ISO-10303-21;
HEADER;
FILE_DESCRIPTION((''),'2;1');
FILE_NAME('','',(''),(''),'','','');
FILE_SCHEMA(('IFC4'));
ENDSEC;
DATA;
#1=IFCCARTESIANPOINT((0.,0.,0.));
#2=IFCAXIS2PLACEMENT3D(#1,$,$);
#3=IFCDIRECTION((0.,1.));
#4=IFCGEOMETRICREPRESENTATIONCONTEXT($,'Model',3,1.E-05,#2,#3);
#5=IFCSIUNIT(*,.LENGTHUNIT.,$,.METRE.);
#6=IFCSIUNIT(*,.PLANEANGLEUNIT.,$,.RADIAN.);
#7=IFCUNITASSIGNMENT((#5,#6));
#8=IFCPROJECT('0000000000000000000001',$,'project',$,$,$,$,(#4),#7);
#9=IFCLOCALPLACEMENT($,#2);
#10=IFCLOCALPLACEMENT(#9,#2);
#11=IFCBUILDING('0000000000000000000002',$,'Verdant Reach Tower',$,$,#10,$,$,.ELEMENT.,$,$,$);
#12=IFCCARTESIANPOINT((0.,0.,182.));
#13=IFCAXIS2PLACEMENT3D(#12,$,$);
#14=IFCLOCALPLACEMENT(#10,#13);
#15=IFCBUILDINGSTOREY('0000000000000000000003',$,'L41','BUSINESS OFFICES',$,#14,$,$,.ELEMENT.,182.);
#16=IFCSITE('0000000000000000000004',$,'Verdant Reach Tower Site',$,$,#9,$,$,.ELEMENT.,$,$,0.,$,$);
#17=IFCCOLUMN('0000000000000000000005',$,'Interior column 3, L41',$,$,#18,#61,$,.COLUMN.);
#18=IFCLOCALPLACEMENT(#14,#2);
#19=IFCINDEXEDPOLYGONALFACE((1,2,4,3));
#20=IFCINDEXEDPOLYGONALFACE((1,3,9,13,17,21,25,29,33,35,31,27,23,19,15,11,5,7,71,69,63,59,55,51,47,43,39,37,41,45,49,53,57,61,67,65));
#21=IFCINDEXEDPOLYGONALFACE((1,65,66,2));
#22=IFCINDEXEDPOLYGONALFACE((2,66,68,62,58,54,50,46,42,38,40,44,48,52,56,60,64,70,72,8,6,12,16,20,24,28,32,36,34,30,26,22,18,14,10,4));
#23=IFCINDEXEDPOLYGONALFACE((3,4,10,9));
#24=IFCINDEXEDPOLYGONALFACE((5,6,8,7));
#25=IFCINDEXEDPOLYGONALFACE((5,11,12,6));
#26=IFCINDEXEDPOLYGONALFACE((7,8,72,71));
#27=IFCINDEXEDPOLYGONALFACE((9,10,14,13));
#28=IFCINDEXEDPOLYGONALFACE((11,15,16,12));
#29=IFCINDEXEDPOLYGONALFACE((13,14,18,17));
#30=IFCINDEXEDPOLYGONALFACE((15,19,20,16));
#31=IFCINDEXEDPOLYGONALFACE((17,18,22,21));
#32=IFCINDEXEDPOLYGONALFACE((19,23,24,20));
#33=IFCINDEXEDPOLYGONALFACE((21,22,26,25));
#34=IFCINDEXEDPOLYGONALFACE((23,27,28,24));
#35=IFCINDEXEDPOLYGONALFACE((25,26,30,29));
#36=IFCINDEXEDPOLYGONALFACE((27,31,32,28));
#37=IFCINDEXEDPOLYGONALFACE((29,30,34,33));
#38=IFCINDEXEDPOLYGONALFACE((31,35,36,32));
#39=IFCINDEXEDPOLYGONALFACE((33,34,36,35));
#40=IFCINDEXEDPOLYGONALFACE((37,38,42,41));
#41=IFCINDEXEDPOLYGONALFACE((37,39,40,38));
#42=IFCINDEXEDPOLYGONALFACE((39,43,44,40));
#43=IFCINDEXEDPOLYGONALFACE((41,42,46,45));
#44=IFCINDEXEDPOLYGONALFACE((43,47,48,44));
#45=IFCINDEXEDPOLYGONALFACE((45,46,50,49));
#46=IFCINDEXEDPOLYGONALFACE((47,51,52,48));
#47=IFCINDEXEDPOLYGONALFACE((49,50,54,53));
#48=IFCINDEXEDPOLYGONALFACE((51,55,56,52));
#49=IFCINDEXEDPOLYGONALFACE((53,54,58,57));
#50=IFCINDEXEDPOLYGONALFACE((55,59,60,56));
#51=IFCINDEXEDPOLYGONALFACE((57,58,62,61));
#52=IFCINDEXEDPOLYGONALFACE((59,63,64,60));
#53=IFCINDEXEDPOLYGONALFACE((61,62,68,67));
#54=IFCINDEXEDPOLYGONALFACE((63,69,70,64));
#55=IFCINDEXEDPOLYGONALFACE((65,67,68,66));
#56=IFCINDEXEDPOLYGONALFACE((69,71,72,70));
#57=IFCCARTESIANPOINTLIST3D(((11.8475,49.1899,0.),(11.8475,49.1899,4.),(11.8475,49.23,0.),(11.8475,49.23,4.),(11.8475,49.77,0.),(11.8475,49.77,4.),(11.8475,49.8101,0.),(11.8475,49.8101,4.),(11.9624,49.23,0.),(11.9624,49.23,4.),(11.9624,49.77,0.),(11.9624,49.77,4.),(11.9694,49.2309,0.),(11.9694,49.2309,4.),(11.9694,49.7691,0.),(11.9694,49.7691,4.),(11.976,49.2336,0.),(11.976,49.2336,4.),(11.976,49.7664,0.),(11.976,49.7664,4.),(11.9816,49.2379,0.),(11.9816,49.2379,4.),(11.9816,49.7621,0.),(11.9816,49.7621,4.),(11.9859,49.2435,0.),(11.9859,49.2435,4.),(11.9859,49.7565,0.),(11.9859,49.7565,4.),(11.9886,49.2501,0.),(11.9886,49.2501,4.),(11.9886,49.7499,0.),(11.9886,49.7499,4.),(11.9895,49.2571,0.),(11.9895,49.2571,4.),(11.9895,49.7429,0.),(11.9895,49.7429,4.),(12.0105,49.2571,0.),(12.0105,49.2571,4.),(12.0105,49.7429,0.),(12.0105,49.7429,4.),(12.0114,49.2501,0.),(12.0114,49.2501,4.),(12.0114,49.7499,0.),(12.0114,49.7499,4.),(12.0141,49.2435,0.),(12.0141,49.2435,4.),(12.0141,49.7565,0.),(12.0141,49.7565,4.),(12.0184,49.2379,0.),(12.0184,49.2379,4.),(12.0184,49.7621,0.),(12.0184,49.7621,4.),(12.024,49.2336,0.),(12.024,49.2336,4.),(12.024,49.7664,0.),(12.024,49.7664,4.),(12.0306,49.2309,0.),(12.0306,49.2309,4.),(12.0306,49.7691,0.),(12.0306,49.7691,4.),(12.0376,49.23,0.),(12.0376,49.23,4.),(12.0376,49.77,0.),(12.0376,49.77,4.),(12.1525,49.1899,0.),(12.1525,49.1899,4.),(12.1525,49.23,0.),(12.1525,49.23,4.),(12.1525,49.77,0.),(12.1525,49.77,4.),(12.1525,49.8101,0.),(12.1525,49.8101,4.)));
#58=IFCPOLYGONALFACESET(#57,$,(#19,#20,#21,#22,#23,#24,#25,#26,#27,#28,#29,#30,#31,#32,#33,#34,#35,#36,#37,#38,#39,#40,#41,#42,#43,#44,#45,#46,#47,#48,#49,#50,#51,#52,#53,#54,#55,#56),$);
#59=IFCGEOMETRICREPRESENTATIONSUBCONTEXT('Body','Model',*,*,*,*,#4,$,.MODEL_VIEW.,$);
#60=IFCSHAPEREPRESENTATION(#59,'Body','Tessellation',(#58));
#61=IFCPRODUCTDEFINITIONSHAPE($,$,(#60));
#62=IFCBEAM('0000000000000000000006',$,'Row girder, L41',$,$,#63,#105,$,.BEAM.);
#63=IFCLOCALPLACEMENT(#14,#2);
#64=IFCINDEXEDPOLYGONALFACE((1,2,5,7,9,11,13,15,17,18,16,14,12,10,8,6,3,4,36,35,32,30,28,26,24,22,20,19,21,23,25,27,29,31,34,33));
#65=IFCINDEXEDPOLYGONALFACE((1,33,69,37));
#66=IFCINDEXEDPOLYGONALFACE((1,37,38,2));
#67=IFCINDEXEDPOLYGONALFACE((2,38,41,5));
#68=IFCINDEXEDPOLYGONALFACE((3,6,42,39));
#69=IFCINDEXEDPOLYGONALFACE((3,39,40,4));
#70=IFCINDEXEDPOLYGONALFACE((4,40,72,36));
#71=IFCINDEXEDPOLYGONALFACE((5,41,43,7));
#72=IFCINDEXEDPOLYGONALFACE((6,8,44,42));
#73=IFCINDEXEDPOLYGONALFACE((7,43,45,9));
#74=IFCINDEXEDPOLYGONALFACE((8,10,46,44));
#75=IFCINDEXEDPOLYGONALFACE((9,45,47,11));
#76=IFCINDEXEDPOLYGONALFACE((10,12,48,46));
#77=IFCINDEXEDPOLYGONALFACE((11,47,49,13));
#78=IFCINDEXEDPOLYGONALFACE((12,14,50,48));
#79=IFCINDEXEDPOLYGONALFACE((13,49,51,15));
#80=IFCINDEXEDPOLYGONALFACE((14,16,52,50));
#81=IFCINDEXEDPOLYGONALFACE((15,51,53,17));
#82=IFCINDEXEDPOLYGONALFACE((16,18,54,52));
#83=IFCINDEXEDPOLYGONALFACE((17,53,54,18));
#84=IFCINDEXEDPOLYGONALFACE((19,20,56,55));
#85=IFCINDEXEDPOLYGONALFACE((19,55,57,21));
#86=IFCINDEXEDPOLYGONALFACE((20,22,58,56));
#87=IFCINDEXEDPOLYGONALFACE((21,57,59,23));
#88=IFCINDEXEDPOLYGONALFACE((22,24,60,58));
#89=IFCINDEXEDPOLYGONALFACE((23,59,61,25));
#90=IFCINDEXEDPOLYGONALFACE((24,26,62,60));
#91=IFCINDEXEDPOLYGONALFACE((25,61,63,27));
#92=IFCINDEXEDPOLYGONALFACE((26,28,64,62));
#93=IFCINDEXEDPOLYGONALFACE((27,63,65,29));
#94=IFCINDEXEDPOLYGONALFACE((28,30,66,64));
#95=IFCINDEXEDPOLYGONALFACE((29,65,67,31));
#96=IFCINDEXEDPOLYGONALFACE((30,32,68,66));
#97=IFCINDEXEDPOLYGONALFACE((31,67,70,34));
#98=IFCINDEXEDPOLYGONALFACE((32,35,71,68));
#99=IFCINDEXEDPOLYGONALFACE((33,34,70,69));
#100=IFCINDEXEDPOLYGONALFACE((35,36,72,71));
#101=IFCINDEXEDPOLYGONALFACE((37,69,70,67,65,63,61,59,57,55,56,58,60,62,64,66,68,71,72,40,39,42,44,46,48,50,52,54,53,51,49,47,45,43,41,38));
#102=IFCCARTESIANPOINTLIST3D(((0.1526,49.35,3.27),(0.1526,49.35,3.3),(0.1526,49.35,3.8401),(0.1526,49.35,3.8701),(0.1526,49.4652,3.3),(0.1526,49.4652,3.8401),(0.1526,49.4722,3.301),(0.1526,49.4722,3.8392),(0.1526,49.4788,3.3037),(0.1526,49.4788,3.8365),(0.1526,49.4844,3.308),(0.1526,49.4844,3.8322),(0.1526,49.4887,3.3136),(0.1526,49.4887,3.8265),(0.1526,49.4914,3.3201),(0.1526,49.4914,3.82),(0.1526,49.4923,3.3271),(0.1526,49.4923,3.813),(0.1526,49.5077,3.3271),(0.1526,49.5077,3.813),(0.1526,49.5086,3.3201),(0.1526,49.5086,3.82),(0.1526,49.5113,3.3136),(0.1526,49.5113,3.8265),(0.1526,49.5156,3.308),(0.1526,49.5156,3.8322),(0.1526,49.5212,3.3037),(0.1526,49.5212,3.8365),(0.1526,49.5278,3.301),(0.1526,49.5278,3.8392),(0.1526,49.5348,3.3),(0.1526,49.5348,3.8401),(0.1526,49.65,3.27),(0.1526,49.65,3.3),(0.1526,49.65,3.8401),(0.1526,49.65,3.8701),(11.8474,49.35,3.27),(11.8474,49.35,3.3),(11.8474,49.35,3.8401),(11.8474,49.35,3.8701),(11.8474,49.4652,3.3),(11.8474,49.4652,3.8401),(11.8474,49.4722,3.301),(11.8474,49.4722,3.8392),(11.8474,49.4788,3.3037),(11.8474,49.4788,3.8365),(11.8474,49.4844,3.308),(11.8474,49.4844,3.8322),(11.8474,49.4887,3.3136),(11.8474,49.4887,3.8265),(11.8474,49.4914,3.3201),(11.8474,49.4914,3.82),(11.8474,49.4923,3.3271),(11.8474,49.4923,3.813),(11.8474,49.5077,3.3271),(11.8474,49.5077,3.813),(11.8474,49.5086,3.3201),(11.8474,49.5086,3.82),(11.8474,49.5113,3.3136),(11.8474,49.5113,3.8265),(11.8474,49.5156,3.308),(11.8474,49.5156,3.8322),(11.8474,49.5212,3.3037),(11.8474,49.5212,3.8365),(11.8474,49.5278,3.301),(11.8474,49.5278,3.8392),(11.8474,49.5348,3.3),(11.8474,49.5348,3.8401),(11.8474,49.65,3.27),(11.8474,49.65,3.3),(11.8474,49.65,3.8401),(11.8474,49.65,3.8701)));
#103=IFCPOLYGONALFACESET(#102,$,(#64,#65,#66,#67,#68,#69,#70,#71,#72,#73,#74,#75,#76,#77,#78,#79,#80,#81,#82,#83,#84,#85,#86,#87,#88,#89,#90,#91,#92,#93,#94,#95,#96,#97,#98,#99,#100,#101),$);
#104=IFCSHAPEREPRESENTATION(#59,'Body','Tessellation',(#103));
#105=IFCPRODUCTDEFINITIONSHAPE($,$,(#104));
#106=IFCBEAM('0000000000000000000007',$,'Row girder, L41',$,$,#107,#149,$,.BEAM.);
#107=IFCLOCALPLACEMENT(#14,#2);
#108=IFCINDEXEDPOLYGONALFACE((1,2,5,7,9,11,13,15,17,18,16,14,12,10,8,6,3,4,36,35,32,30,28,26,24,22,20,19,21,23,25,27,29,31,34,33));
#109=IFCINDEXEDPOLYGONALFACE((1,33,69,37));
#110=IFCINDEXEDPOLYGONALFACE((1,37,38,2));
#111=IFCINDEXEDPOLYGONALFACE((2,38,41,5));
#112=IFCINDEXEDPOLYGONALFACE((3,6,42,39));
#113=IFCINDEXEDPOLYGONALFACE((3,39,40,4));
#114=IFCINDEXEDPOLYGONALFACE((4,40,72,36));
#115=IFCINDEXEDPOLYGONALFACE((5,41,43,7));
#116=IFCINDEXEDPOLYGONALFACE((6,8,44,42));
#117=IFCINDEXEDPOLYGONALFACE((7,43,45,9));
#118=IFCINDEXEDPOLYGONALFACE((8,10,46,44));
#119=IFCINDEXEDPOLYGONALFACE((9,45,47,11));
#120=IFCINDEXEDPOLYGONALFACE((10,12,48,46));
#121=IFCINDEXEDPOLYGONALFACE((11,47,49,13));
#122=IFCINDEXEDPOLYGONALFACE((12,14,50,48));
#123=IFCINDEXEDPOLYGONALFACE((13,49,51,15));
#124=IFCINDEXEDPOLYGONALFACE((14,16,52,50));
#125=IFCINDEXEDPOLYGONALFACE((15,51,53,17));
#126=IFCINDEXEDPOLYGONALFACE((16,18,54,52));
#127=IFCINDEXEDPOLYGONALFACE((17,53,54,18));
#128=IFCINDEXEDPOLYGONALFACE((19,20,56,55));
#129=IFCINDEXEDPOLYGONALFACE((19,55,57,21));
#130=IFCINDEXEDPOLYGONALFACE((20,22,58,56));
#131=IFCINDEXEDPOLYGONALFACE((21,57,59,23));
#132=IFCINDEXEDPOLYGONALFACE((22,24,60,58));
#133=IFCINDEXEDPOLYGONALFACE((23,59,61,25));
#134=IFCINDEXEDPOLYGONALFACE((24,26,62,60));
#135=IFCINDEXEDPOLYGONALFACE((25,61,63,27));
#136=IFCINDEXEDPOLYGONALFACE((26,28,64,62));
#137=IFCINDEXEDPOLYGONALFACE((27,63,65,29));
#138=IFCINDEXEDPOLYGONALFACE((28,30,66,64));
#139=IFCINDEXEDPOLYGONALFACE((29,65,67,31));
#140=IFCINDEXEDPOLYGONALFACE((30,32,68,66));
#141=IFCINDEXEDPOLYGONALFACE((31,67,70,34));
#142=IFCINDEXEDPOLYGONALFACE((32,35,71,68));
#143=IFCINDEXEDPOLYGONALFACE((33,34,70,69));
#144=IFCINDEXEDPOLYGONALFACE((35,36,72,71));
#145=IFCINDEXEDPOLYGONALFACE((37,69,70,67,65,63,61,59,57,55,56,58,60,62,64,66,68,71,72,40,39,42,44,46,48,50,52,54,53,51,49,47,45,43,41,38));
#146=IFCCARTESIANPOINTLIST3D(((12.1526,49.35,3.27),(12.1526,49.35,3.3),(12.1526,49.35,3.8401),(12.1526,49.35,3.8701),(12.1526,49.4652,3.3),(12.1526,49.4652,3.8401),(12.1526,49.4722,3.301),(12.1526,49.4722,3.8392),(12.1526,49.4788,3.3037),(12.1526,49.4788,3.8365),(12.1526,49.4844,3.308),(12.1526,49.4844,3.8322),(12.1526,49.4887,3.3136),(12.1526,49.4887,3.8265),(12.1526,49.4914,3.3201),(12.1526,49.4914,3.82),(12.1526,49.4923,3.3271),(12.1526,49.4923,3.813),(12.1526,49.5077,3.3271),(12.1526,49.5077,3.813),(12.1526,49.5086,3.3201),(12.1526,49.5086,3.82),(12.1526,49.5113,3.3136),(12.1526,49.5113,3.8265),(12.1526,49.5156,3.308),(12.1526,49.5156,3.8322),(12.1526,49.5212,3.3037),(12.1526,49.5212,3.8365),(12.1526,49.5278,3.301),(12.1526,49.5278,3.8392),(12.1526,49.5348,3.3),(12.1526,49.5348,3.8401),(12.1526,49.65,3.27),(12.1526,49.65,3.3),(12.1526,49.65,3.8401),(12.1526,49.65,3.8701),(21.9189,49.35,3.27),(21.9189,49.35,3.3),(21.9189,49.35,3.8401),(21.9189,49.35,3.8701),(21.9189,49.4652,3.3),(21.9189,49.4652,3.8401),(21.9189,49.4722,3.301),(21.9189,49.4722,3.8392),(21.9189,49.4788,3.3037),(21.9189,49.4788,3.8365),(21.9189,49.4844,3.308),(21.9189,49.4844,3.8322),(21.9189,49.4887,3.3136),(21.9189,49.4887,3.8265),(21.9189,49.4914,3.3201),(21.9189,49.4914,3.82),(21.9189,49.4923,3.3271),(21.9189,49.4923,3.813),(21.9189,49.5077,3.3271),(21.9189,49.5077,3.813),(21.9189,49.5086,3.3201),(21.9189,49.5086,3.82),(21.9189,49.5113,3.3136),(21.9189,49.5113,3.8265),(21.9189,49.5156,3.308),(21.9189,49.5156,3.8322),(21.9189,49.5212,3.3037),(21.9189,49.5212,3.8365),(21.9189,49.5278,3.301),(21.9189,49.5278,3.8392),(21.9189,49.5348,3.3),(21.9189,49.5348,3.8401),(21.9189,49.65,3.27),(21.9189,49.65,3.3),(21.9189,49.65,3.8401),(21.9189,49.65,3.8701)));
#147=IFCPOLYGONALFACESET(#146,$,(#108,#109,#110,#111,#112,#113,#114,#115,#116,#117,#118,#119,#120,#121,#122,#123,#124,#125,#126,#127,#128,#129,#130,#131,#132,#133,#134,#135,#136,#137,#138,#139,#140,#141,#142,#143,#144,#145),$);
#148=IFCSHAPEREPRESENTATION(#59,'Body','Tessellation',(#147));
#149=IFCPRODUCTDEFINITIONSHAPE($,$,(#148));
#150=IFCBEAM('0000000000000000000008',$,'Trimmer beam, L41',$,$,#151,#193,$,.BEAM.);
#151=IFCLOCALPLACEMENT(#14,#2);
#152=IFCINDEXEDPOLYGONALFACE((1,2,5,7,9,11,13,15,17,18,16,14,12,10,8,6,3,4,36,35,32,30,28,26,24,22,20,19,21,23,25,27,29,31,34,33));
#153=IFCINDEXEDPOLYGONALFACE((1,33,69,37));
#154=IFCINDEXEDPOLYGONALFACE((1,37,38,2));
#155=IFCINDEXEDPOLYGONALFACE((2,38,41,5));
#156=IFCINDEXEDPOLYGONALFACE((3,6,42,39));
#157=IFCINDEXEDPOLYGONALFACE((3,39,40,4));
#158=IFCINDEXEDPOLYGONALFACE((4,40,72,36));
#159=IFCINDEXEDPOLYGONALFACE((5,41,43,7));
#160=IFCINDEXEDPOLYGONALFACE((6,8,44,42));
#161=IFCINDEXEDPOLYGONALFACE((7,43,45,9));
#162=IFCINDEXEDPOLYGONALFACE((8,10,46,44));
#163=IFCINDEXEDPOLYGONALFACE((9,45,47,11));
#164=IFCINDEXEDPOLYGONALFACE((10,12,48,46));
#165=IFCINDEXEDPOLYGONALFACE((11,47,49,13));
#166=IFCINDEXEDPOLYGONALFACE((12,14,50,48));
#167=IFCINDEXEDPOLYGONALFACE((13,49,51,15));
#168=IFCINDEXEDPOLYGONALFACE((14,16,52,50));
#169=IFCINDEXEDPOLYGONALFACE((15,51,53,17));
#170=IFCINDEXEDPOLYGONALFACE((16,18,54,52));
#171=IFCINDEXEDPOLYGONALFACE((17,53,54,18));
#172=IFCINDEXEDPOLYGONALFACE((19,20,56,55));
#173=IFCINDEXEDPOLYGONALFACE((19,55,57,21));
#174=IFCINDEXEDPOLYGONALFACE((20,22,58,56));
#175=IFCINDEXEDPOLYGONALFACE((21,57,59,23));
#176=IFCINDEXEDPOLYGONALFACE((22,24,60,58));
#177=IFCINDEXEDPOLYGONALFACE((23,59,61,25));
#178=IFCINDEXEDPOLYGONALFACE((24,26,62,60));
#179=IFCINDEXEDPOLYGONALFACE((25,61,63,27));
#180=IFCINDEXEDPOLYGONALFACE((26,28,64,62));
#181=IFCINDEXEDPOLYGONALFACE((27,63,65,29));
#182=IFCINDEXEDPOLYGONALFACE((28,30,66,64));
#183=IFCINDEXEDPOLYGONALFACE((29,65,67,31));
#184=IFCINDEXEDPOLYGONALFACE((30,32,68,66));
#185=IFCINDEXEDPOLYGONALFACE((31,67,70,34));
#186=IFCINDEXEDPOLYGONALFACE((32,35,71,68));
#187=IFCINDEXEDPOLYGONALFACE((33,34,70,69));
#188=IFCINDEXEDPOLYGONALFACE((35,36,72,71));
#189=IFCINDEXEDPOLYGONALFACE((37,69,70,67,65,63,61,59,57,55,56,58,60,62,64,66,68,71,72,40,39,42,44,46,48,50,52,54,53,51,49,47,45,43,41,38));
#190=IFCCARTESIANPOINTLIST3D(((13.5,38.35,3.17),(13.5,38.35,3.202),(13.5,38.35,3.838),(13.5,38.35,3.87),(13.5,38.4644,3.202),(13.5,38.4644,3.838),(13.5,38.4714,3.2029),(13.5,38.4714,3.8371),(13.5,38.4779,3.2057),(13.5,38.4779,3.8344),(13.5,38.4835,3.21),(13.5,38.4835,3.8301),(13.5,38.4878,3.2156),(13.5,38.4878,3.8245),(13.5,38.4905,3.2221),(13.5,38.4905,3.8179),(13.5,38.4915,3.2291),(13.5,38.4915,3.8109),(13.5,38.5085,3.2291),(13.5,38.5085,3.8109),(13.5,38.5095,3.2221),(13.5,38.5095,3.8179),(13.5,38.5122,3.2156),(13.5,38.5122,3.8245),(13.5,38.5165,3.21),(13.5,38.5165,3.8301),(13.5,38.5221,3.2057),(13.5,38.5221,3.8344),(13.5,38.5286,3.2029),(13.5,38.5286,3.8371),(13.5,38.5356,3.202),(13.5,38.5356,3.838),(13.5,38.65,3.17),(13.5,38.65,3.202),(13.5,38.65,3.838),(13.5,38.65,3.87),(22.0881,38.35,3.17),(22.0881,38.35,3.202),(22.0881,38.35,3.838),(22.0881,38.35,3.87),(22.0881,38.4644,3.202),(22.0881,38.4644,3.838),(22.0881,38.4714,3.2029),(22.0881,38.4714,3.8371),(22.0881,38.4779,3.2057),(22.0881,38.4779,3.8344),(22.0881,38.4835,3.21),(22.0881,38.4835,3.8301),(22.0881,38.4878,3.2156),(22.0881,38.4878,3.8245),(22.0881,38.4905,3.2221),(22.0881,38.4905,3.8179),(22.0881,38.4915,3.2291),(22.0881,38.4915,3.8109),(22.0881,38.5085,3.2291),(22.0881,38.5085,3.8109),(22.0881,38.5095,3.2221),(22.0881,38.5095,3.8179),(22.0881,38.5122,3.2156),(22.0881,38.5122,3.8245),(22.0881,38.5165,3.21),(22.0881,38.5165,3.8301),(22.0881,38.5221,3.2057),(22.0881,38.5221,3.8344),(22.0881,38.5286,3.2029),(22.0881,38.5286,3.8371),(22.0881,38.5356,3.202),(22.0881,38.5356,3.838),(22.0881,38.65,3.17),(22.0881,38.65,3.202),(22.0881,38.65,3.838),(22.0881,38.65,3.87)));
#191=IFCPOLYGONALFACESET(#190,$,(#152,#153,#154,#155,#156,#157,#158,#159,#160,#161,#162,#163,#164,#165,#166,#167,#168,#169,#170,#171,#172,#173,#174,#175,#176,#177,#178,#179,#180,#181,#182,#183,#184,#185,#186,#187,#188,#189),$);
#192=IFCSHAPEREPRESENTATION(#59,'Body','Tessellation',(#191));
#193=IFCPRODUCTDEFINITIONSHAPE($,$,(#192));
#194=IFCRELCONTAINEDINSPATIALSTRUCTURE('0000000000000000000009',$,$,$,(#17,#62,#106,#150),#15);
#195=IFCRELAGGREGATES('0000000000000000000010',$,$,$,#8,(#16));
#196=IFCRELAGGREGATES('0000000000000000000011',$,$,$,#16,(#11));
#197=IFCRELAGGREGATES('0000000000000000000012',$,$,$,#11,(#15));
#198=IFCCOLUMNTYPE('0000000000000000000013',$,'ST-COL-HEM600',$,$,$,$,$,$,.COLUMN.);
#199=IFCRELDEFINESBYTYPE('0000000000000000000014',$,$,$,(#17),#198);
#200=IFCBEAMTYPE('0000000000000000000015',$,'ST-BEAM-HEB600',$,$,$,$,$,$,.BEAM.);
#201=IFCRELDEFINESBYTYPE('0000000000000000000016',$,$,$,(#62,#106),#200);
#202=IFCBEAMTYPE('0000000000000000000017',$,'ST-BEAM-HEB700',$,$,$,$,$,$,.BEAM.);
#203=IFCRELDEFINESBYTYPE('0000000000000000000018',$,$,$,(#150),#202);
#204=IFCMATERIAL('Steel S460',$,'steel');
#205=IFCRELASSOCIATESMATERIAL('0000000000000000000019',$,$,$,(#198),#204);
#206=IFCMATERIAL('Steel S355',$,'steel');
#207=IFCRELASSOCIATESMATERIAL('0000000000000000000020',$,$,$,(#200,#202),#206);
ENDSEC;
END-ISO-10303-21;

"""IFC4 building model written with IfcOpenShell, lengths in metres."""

from ifc_helpers import new_model, si_unit, direction, frame, origin, origin_2d, place, context, subcontext, project, spatial, i_section, extrude, material, material_profile, profile_set, type_object, element, save


model = new_model("IFC4")

# Units and contexts
model_context = context("Model", 3, precision=1e-05, world=origin(), true_north=direction((0.0, 1.0)))
body_context = subcontext(model_context, "Body", "Model", "MODEL_VIEW")
ifc_project = project(units=[si_unit("LENGTHUNIT", "METRE"), si_unit("PLANEANGLEUNIT", "RADIAN")], contexts=[model_context])

# Site, building, storey
site_placement = place(None, origin())
site = spatial("IfcSite", under=ifc_project, at=site_placement, Name="Verdant Reach Tower Site", CompositionType="ELEMENT", RefElevation=0.0)
building_placement = place(site_placement, origin())
building = spatial("IfcBuilding", under=site, at=building_placement, Name="Verdant Reach Tower", CompositionType="ELEMENT")
storey_placement = place(building_placement, frame((0.0, 0.0, 182.0)))
storey = spatial("IfcBuildingStorey", under=building, at=storey_placement, Name="L41", Description="BUSINESS OFFICES", CompositionType="ELEMENT", Elevation=182.0)

# Column
ifc_material_1 = material(Name="Steel S460", Category="steel")
ifc_material_profile_1 = material_profile(ifc_material_1, i_section(OverallWidth=0.3049, OverallDepth=0.6201, WebThickness=0.021, FlangeThickness=0.04, FilletRadius=0.0271, at=origin_2d()), Name="HEM 600")
ifc_profile_set_1 = profile_set([ifc_material_profile_1], Name="Steel S460")
column_type = type_object("IfcColumnType", Name="ST-COL-HEM600", PredefinedType="COLUMN", material=ifc_profile_set_1)
column_placement = place(storey_placement, frame((12.0, 49.5, 0.0), z_axis=(0.0, 0.0, 1.0), x_axis=(1.0, 0.0, 0.0)))
element("IfcColumn", 1, at=column_placement, inside=storey, type_object=column_type, Name="Interior column 3, L41", PredefinedType="COLUMN", context=body_context, shape_type="SweptSolid", body=[
    extrude(i_section(OverallWidth=0.3049, OverallDepth=0.6201, WebThickness=0.021, FlangeThickness=0.04, FilletRadius=0.0271, at=origin_2d()), origin(), (0.0, 0.0, 1.0), 4.0),
])

# Beams
ifc_material_2 = material(Name="Steel S355", Category="steel")
ifc_material_profile_2 = material_profile(ifc_material_2, i_section(OverallWidth=0.3, OverallDepth=0.6001, WebThickness=0.0154, FlangeThickness=0.03, FilletRadius=0.0271, at=origin_2d()), Name="HEB 600")
ifc_profile_set_2 = profile_set([ifc_material_profile_2], Name="Steel S355")
beam_type_1 = type_object("IfcBeamType", Name="ST-BEAM-HEB600", PredefinedType="BEAM", material=ifc_profile_set_2)
beam_1_placement = place(storey_placement, frame((0.1526, 49.5, 3.5701), z_axis=(1.0, 0.0, 0.0), x_axis=(0.0, 1.0, 0.0)))
element("IfcBeam", 2, at=beam_1_placement, inside=storey, type_object=beam_type_1, Name="Row girder, L41", PredefinedType="BEAM", context=body_context, shape_type="SweptSolid", body=[
    extrude(i_section(OverallWidth=0.3, OverallDepth=0.6001, WebThickness=0.0154, FlangeThickness=0.03, FilletRadius=0.0271, at=origin_2d()), origin(), (0.0, 0.0, 1.0), 11.6948),
])
beam_2_placement = place(storey_placement, frame((12.1526, 49.5, 3.5701), z_axis=(1.0, 0.0, 0.0), x_axis=(0.0, 1.0, 0.0)))
element("IfcBeam", 3, at=beam_2_placement, inside=storey, type_object=beam_type_1, Name="Row girder, L41", PredefinedType="BEAM", context=body_context, shape_type="SweptSolid", body=[
    extrude(i_section(OverallWidth=0.3, OverallDepth=0.6001, WebThickness=0.0154, FlangeThickness=0.03, FilletRadius=0.0271, at=origin_2d()), origin(), (0.0, 0.0, 1.0), 9.7664),
])
ifc_material_profile_3 = material_profile(ifc_material_2, i_section(OverallWidth=0.3, OverallDepth=0.7, WebThickness=0.0171, FlangeThickness=0.032, FilletRadius=0.0271, at=origin_2d()), Name="HEB 700")
ifc_profile_set_3 = profile_set([ifc_material_profile_3], Name="Steel S355")
beam_type_2 = type_object("IfcBeamType", Name="ST-BEAM-HEB700", PredefinedType="BEAM", material=ifc_profile_set_3)
beam_3_placement = place(storey_placement, frame((13.5, 38.5, 3.52), z_axis=(1.0, 0.0, 0.0), x_axis=(0.0, 1.0, 0.0)))
element("IfcBeam", 4, at=beam_3_placement, inside=storey, type_object=beam_type_2, Name="Trimmer beam, L41", PredefinedType="BEAM", context=body_context, shape_type="SweptSolid", body=[
    extrude(i_section(OverallWidth=0.3, OverallDepth=0.7, WebThickness=0.0171, FlangeThickness=0.032, FilletRadius=0.0271, at=origin_2d()), origin(), (0.0, 0.0, 1.0), 8.5881),
])

save(model, "model.ifc")
